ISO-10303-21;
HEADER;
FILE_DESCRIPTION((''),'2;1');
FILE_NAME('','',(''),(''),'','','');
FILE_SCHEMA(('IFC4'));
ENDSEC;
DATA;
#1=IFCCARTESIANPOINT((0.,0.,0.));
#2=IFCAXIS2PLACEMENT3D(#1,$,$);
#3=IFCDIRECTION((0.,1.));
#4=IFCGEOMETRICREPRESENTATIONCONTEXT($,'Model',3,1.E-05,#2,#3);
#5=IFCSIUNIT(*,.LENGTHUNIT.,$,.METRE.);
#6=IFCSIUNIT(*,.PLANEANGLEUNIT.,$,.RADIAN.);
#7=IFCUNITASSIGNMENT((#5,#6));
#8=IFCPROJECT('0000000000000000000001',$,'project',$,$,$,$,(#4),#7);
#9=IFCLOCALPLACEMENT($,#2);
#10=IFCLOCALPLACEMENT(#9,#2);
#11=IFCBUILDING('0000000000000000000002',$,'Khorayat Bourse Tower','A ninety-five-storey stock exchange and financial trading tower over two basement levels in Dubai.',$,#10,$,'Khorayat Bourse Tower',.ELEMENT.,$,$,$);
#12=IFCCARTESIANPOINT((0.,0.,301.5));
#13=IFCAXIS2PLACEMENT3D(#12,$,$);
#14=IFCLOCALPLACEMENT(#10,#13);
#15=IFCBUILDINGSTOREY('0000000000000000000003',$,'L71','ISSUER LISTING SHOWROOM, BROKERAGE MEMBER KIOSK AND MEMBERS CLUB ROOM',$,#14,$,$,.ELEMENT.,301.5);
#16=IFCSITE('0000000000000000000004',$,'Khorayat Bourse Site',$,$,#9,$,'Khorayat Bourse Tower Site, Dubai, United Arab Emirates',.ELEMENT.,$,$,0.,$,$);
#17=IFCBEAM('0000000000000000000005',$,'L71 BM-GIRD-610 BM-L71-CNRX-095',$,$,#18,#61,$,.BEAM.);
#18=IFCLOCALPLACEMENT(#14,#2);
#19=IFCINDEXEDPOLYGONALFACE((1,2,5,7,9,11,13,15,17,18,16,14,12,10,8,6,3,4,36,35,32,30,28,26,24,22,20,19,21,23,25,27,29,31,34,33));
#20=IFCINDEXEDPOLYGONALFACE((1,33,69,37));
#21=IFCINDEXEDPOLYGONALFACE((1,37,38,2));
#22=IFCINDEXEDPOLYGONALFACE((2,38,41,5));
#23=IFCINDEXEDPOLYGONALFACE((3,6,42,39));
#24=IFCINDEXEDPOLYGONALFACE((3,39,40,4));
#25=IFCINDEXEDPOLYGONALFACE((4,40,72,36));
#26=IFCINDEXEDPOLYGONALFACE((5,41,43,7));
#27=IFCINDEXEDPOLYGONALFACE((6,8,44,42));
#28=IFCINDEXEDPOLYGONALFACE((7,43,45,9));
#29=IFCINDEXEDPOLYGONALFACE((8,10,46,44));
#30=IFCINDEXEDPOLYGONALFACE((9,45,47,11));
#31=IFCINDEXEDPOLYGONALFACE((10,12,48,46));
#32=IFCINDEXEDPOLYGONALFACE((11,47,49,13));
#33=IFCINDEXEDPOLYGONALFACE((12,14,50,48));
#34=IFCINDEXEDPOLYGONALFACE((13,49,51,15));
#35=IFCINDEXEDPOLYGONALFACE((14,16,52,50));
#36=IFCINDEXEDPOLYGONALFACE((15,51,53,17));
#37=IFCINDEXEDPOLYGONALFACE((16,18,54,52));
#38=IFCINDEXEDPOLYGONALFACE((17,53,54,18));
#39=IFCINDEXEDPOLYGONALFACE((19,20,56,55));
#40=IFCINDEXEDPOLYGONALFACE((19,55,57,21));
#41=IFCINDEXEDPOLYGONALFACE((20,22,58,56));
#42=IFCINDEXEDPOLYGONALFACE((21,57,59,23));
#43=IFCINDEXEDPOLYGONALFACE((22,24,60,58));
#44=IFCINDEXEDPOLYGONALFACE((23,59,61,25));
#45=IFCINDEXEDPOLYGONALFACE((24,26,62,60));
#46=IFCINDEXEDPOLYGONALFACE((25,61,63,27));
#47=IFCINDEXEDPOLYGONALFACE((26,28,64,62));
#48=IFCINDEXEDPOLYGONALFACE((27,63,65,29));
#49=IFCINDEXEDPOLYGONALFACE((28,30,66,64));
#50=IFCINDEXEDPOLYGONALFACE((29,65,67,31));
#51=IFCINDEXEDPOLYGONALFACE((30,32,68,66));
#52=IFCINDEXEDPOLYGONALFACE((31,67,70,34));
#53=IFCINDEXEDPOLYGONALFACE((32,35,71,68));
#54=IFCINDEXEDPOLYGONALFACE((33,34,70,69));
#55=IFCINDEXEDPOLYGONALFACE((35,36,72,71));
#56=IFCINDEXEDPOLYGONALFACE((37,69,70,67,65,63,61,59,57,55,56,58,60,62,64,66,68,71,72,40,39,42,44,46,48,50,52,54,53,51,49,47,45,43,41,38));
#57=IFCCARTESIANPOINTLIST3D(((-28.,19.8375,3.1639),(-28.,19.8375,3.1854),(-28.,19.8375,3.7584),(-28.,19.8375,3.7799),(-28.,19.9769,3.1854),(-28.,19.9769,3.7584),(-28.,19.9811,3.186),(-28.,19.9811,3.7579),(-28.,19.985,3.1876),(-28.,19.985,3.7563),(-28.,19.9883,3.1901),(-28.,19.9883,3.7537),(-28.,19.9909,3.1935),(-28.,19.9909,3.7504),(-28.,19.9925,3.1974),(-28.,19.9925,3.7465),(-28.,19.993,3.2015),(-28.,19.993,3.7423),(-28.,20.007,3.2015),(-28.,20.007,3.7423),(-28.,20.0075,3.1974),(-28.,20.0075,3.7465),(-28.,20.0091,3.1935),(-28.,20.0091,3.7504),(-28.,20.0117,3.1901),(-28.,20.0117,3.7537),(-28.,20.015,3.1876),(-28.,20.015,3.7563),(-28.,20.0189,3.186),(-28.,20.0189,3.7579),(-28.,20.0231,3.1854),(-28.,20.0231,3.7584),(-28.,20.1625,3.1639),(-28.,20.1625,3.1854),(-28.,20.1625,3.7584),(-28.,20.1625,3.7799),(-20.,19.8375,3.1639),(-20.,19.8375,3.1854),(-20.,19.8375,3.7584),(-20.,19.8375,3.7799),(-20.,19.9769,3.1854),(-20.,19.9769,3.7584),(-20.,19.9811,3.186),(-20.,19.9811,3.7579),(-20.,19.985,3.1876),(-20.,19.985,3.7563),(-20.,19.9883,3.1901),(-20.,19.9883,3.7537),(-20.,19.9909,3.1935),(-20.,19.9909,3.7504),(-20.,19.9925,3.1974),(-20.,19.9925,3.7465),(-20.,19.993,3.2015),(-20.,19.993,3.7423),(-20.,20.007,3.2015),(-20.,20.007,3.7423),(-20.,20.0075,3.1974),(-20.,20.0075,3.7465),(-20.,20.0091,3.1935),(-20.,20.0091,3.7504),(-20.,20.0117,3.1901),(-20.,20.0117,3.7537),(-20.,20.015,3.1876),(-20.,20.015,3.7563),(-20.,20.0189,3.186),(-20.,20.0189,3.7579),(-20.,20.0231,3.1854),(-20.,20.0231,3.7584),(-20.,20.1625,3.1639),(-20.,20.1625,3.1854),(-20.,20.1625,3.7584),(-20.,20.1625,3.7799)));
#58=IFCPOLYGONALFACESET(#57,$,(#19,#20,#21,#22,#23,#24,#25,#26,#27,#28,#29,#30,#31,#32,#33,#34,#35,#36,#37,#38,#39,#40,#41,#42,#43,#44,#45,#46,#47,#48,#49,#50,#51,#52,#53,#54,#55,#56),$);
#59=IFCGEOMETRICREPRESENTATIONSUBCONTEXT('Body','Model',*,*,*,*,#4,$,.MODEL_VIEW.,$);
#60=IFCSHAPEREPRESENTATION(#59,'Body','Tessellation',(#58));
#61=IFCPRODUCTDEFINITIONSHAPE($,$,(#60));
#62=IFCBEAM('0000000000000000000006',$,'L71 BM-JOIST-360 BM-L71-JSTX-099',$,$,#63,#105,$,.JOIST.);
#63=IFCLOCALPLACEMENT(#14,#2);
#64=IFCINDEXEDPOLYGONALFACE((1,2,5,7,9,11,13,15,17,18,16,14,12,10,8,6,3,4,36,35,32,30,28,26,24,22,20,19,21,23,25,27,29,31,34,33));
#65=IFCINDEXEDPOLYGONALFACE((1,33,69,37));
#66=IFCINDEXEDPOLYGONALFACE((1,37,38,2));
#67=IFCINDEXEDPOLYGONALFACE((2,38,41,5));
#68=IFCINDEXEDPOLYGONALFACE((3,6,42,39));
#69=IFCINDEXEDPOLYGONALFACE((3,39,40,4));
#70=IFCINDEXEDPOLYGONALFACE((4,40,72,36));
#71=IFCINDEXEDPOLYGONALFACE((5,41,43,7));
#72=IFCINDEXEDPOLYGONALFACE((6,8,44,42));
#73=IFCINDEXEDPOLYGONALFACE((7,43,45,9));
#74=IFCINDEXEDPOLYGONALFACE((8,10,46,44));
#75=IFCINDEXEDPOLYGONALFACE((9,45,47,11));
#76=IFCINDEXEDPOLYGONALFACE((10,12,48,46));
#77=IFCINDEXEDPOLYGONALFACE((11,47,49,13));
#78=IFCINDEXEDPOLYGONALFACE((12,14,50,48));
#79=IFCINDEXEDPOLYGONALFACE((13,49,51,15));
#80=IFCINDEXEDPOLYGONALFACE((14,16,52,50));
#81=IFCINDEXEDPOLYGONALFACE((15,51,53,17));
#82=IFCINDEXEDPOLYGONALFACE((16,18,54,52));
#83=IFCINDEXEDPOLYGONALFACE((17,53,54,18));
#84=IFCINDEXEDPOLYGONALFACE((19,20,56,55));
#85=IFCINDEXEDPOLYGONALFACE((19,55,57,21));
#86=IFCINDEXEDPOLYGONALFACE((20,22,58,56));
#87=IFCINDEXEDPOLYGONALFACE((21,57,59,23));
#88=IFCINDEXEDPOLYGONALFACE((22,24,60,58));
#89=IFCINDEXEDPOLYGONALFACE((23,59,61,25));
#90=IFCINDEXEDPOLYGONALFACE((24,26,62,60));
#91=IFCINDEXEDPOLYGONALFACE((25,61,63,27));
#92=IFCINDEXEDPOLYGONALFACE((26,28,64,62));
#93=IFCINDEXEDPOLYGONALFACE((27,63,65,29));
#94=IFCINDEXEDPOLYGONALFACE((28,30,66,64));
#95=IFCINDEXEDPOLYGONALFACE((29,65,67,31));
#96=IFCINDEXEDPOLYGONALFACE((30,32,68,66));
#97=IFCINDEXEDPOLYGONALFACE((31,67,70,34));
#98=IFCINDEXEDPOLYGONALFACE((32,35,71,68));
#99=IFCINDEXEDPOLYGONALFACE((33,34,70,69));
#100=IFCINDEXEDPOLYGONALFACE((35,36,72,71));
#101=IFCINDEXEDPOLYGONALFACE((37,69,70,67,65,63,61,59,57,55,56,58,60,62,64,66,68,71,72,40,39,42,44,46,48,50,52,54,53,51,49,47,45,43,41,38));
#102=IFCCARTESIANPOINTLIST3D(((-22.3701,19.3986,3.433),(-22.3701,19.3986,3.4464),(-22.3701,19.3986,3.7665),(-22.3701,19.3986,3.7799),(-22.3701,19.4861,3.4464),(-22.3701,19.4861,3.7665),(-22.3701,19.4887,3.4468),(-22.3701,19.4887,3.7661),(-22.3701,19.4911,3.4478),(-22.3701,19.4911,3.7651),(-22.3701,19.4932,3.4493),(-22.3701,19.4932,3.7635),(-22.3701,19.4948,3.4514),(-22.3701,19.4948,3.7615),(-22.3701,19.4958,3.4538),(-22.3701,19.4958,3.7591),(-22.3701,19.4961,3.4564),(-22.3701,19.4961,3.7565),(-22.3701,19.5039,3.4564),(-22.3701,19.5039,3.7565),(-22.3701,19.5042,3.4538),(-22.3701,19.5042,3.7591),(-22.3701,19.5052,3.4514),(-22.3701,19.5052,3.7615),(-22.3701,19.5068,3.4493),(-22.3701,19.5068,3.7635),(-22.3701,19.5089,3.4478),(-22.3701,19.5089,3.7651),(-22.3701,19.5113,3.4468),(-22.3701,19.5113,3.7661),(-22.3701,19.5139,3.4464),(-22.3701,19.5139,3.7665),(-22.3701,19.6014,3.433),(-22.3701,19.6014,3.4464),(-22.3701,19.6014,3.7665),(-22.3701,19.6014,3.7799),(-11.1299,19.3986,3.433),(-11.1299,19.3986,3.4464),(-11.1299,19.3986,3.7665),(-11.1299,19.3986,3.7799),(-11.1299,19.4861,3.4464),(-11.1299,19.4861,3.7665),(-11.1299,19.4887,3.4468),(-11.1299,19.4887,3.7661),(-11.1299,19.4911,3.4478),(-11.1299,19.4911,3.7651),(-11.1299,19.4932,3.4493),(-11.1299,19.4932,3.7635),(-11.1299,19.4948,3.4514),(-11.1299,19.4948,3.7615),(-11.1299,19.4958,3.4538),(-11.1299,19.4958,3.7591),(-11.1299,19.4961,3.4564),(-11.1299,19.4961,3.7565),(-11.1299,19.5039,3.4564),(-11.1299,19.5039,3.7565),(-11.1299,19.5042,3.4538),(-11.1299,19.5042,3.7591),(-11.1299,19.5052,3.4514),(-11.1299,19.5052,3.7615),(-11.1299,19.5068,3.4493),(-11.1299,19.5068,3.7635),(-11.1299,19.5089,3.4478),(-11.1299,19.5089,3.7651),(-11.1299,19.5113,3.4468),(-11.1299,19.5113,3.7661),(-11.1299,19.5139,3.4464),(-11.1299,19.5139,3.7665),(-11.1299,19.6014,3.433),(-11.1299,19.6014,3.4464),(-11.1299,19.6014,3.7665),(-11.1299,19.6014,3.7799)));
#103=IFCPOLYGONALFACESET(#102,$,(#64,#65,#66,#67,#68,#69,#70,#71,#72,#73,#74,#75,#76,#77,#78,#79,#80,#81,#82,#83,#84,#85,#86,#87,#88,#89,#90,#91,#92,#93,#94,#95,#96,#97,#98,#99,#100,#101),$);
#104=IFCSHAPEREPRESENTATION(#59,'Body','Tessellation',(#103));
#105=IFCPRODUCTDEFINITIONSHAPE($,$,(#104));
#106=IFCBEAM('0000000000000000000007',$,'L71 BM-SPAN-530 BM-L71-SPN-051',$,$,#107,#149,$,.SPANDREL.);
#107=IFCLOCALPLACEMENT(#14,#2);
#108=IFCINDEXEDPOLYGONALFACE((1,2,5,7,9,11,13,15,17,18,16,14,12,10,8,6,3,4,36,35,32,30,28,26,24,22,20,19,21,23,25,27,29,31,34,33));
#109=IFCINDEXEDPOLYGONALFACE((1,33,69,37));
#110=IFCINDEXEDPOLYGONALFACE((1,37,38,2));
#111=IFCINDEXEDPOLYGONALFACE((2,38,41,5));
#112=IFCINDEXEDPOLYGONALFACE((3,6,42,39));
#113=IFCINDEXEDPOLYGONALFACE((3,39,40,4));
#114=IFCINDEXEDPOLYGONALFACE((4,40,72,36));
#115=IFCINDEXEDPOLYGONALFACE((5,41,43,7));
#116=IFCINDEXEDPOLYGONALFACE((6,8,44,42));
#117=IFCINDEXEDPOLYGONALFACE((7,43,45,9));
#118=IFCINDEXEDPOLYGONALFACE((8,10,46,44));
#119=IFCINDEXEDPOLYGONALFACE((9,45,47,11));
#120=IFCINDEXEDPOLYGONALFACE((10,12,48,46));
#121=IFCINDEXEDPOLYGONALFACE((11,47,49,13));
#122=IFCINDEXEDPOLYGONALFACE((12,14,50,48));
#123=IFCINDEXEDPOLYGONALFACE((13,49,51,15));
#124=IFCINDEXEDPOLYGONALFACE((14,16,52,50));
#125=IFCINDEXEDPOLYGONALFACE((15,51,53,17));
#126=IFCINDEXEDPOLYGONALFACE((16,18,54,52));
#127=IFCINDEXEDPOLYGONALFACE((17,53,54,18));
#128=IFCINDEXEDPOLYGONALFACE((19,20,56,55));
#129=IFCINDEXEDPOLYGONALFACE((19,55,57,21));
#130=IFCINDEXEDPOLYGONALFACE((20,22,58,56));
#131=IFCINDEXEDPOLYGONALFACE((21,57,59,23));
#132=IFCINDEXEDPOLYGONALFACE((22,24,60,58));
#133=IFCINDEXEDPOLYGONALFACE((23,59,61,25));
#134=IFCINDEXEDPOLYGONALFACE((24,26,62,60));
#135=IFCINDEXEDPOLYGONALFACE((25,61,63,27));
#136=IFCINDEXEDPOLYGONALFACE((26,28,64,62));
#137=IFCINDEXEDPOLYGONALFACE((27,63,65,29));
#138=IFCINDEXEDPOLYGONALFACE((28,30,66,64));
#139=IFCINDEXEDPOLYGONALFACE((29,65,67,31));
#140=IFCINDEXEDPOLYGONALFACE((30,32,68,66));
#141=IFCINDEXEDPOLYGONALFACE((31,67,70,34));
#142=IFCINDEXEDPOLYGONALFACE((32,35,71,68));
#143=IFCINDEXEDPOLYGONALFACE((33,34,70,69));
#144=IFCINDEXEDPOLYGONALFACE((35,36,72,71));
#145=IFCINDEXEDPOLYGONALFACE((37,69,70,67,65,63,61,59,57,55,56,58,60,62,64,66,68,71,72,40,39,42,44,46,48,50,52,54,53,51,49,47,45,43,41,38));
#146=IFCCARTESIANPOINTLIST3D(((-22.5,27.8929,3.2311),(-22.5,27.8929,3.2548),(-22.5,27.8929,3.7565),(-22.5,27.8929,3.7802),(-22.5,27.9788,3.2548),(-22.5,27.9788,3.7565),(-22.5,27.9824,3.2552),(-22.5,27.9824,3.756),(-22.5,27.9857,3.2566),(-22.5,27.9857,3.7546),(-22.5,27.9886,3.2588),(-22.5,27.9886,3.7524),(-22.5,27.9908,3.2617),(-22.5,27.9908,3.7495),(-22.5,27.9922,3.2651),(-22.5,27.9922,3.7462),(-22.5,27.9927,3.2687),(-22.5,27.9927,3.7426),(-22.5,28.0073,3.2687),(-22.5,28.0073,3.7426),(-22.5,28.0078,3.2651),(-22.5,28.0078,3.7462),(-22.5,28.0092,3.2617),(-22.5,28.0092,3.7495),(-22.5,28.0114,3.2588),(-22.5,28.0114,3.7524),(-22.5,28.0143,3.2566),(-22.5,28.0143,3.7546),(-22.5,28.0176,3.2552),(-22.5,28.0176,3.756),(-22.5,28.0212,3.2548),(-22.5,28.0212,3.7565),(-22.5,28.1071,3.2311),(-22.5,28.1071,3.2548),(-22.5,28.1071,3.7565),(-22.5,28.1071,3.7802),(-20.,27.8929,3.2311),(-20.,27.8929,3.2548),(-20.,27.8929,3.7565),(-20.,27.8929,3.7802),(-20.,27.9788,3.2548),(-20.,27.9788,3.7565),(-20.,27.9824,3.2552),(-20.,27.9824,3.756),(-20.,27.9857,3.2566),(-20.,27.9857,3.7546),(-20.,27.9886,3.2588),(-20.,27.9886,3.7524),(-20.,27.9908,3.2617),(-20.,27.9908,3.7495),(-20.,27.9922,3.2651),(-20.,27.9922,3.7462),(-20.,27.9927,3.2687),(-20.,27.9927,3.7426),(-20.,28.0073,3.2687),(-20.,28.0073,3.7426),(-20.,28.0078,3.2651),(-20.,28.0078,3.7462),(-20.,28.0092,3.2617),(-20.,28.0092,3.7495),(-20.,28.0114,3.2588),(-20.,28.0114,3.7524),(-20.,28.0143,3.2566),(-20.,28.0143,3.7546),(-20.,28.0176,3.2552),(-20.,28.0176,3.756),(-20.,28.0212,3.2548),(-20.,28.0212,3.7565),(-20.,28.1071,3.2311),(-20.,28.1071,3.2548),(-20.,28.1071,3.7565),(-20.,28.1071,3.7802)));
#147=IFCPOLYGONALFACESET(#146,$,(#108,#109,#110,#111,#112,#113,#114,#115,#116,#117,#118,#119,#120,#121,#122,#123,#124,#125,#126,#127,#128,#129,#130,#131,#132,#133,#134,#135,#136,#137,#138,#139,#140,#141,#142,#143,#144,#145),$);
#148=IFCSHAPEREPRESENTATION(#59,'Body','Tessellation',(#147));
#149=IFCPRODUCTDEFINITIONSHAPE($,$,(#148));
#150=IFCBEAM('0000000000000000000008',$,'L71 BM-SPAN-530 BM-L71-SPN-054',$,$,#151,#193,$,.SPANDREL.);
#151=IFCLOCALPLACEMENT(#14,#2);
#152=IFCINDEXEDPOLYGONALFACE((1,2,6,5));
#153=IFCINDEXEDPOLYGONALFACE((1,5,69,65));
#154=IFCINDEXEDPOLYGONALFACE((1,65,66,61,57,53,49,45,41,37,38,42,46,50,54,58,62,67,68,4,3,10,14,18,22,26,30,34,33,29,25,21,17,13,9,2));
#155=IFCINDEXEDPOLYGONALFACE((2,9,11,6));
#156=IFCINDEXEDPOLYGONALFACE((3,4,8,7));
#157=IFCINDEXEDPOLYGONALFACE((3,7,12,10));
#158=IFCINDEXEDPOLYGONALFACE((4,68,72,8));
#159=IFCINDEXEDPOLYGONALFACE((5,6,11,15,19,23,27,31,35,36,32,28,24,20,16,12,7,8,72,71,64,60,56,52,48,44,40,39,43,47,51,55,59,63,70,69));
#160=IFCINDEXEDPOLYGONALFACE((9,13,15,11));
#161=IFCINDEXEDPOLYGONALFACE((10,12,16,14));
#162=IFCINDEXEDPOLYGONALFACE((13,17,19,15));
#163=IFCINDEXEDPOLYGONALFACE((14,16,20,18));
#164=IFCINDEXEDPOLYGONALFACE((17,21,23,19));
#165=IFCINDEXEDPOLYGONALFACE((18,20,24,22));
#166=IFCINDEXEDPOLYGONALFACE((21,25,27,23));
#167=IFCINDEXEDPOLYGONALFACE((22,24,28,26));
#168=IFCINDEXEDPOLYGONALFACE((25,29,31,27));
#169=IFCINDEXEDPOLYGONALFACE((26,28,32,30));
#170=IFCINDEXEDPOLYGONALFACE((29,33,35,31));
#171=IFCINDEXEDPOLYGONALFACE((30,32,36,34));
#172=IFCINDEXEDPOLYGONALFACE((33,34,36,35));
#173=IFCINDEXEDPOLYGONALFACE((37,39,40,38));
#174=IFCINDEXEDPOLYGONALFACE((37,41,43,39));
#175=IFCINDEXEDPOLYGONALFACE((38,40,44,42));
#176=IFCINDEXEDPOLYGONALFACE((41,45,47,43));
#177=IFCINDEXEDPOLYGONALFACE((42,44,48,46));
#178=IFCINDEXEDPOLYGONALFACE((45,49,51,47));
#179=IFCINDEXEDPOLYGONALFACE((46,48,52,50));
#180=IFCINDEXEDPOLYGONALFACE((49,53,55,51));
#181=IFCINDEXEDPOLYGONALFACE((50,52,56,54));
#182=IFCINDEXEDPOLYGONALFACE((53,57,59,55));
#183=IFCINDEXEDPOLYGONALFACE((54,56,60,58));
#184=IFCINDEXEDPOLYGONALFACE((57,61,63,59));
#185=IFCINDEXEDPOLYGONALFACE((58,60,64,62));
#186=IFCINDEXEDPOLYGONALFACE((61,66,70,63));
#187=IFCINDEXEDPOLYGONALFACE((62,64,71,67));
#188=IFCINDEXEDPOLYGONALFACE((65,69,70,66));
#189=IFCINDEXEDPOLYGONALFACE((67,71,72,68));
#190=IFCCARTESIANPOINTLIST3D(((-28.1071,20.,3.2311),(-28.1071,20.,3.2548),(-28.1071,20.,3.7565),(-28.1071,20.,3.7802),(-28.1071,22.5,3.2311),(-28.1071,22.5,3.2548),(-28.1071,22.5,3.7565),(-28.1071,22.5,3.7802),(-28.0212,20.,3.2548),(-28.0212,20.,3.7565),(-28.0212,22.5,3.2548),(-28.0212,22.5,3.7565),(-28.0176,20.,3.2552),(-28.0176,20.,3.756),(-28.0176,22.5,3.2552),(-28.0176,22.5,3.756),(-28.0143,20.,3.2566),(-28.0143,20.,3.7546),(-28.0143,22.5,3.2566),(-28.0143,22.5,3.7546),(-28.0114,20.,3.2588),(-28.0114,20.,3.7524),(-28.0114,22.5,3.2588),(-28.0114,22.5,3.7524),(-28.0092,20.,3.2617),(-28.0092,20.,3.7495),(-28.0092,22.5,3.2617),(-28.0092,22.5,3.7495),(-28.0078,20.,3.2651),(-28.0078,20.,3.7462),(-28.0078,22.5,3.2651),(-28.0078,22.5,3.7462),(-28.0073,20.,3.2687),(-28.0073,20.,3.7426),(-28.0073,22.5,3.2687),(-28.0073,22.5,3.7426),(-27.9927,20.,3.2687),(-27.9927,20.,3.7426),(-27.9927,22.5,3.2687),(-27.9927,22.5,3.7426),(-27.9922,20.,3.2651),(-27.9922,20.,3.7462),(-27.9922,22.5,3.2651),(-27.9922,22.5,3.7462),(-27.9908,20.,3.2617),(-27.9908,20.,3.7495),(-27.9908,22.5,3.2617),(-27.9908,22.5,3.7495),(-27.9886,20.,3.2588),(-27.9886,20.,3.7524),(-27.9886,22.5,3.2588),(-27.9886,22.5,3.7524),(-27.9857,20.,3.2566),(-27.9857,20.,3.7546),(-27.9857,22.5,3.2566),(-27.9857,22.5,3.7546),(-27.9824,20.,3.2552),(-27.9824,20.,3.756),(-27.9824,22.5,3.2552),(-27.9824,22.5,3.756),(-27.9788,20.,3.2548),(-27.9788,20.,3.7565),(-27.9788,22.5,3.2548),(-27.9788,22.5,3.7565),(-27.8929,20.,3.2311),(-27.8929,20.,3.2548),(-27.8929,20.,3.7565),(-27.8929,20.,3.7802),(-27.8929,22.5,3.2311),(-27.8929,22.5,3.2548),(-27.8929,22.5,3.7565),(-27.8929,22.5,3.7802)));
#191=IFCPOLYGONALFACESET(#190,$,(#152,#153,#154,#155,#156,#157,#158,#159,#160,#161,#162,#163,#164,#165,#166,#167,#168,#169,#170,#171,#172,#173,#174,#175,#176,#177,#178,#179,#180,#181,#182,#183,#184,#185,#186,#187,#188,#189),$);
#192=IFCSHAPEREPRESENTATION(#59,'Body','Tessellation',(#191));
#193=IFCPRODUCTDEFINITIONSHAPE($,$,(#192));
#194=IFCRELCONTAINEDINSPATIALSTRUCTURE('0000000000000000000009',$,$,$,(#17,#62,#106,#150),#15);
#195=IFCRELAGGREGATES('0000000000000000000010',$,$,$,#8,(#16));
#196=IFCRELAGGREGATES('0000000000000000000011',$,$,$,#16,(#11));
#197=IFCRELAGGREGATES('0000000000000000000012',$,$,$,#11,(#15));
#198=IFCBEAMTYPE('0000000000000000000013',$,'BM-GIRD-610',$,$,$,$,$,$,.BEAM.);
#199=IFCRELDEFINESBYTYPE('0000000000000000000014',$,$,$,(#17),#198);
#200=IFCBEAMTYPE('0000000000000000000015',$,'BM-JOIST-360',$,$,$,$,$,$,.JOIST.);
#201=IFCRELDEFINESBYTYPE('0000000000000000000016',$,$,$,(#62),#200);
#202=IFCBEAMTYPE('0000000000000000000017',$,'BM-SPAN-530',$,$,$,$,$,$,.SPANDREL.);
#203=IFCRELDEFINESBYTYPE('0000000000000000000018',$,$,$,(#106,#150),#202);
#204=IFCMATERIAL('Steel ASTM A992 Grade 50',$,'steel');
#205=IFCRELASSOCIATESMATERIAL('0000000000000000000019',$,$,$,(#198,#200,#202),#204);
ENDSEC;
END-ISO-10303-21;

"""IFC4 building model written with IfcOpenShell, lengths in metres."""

from ifc_helpers import new_model, si_unit, direction, frame, origin, origin_2d, place, context, subcontext, project, spatial, i_section, extrude, source, transform, mapped, material, material_profile, profile_set, type_object, element, save


model = new_model("IFC4")

# Units and contexts
model_context = context("Model", 3, precision=1e-05, world=origin(), true_north=direction((0.0, 1.0)))
body_context = subcontext(model_context, "Body", "Model", "MODEL_VIEW")
ifc_project = project(units=[si_unit("LENGTHUNIT", "METRE"), si_unit("PLANEANGLEUNIT", "RADIAN")], contexts=[model_context])

# Site, building, storey
site_placement = place(None, origin())
site = spatial("IfcSite", under=ifc_project, at=site_placement, Name="Khorayat Bourse Site", LongName="Khorayat Bourse Tower Site, Dubai, United Arab Emirates", CompositionType="ELEMENT", RefElevation=0.0)
building_placement = place(site_placement, origin())
building = spatial("IfcBuilding", under=site, at=building_placement, Name="Khorayat Bourse Tower", Description="A ninety-five-storey stock exchange and financial trading tower over two basement levels in Dubai.", LongName="Khorayat Bourse Tower", CompositionType="ELEMENT")
storey_placement = place(building_placement, frame((0.0, 0.0, 301.5)))
storey = spatial("IfcBuildingStorey", under=building, at=storey_placement, Name="L71", Description="ISSUER LISTING SHOWROOM, BROKERAGE MEMBER KIOSK AND MEMBERS CLUB ROOM", CompositionType="ELEMENT", Elevation=301.5)

# Beams
ifc_material_1 = material(Name="Steel ASTM A992 Grade 50", Category="steel")
ifc_material_profile_1 = material_profile(ifc_material_1, i_section(OverallWidth=0.325, OverallDepth=0.616, WebThickness=0.0139, FlangeThickness=0.0215, FilletRadius=0.0161, at=origin_2d()), Name="W610X174")
ifc_profile_set_1 = profile_set([ifc_material_profile_1], Name="Steel ASTM A992 Grade 50")
beam_type_1 = type_object("IfcBeamType", Name="BM-GIRD-610", PredefinedType="BEAM", material=ifc_profile_set_1)
shared_shape_1 = source(origin(), body_context, "Body", "SweptSolid", [
    extrude(i_section(OverallWidth=0.325, OverallDepth=0.616, WebThickness=0.0139, FlangeThickness=0.0215, FilletRadius=0.0161, at=origin_2d()), origin(), (0.0, 0.0, 1.0), 8.0),
])
beam_1_placement = place(storey_placement, frame((-28.0, 20.0, 3.4719), z_axis=(1.0, 0.0, 0.0), x_axis=(0.0, 1.0, 0.0)))
element("IfcBeam", 1, at=beam_1_placement, inside=storey, type_object=beam_type_1, Name="L71 BM-GIRD-610 BM-L71-CNRX-095", PredefinedType="BEAM", context=body_context, shape_type="MappedRepresentation", body=[
    mapped(shared_shape_1, transform((0.0, 0.0, 0.0), scale=1.0)),
])
ifc_material_profile_2 = material_profile(ifc_material_1, i_section(OverallWidth=0.2029, OverallDepth=0.3469, WebThickness=0.0078, FlangeThickness=0.0134, FilletRadius=0.01, at=origin_2d()), Name="W360X64")
ifc_profile_set_2 = profile_set([ifc_material_profile_2], Name="Steel ASTM A992 Grade 50")
beam_type_2 = type_object("IfcBeamType", Name="BM-JOIST-360", PredefinedType="JOIST", material=ifc_profile_set_2)
shared_shape_2 = source(origin(), body_context, "Body", "SweptSolid", [
    extrude(i_section(OverallWidth=0.2029, OverallDepth=0.3469, WebThickness=0.0078, FlangeThickness=0.0134, FilletRadius=0.01, at=origin_2d()), origin(), (0.0, 0.0, 1.0), 11.2402),
])
beam_2_placement = place(storey_placement, frame((-22.3701, 19.5, 3.6064), z_axis=(1.0, 0.0, 0.0), x_axis=(0.0, 1.0, 0.0)))
element("IfcBeam", 2, at=beam_2_placement, inside=storey, type_object=beam_type_2, Name="L71 BM-JOIST-360 BM-L71-JSTX-099", PredefinedType="JOIST", context=body_context, shape_type="MappedRepresentation", body=[
    mapped(shared_shape_2, transform((0.0, 0.0, 0.0), scale=1.0)),
])
ifc_material_profile_3 = material_profile(ifc_material_1, i_section(OverallWidth=0.2141, OverallDepth=0.5491, WebThickness=0.0146, FlangeThickness=0.0237, FilletRadius=0.0139, at=origin_2d()), Name="W530X138")
ifc_profile_set_3 = profile_set([ifc_material_profile_3], Name="Steel ASTM A992 Grade 50")
beam_type_3 = type_object("IfcBeamType", Name="BM-SPAN-530", PredefinedType="SPANDREL", material=ifc_profile_set_3)
shared_shape_3 = source(origin(), body_context, "Body", "SweptSolid", [
    extrude(i_section(OverallWidth=0.2141, OverallDepth=0.5491, WebThickness=0.0146, FlangeThickness=0.0237, FilletRadius=0.0139, at=origin_2d()), origin(), (0.0, 0.0, 1.0), 2.5),
])
for number, where, z_axis, x_axis, name in (
    (3, (-22.5, 28.0, 3.5056), (1.0, 0.0, 0.0), (0.0, 1.0, 0.0), "L71 BM-SPAN-530 BM-L71-SPN-051"),
    (4, (-28.0, 20.0, 3.5056), (0.0, 1.0, 0.0), (-1.0, 0.0, 0.0), "L71 BM-SPAN-530 BM-L71-SPN-054"),
):
    element("IfcBeam", number, at=place(storey_placement, frame(where, z_axis=z_axis, x_axis=x_axis)), inside=storey, type_object=beam_type_3, Name=name, PredefinedType="SPANDREL", context=body_context, shape_type="MappedRepresentation", body=[
        mapped(shared_shape_3, transform((0.0, 0.0, 0.0), scale=1.0)),
    ])

save(model, "model.ifc")
